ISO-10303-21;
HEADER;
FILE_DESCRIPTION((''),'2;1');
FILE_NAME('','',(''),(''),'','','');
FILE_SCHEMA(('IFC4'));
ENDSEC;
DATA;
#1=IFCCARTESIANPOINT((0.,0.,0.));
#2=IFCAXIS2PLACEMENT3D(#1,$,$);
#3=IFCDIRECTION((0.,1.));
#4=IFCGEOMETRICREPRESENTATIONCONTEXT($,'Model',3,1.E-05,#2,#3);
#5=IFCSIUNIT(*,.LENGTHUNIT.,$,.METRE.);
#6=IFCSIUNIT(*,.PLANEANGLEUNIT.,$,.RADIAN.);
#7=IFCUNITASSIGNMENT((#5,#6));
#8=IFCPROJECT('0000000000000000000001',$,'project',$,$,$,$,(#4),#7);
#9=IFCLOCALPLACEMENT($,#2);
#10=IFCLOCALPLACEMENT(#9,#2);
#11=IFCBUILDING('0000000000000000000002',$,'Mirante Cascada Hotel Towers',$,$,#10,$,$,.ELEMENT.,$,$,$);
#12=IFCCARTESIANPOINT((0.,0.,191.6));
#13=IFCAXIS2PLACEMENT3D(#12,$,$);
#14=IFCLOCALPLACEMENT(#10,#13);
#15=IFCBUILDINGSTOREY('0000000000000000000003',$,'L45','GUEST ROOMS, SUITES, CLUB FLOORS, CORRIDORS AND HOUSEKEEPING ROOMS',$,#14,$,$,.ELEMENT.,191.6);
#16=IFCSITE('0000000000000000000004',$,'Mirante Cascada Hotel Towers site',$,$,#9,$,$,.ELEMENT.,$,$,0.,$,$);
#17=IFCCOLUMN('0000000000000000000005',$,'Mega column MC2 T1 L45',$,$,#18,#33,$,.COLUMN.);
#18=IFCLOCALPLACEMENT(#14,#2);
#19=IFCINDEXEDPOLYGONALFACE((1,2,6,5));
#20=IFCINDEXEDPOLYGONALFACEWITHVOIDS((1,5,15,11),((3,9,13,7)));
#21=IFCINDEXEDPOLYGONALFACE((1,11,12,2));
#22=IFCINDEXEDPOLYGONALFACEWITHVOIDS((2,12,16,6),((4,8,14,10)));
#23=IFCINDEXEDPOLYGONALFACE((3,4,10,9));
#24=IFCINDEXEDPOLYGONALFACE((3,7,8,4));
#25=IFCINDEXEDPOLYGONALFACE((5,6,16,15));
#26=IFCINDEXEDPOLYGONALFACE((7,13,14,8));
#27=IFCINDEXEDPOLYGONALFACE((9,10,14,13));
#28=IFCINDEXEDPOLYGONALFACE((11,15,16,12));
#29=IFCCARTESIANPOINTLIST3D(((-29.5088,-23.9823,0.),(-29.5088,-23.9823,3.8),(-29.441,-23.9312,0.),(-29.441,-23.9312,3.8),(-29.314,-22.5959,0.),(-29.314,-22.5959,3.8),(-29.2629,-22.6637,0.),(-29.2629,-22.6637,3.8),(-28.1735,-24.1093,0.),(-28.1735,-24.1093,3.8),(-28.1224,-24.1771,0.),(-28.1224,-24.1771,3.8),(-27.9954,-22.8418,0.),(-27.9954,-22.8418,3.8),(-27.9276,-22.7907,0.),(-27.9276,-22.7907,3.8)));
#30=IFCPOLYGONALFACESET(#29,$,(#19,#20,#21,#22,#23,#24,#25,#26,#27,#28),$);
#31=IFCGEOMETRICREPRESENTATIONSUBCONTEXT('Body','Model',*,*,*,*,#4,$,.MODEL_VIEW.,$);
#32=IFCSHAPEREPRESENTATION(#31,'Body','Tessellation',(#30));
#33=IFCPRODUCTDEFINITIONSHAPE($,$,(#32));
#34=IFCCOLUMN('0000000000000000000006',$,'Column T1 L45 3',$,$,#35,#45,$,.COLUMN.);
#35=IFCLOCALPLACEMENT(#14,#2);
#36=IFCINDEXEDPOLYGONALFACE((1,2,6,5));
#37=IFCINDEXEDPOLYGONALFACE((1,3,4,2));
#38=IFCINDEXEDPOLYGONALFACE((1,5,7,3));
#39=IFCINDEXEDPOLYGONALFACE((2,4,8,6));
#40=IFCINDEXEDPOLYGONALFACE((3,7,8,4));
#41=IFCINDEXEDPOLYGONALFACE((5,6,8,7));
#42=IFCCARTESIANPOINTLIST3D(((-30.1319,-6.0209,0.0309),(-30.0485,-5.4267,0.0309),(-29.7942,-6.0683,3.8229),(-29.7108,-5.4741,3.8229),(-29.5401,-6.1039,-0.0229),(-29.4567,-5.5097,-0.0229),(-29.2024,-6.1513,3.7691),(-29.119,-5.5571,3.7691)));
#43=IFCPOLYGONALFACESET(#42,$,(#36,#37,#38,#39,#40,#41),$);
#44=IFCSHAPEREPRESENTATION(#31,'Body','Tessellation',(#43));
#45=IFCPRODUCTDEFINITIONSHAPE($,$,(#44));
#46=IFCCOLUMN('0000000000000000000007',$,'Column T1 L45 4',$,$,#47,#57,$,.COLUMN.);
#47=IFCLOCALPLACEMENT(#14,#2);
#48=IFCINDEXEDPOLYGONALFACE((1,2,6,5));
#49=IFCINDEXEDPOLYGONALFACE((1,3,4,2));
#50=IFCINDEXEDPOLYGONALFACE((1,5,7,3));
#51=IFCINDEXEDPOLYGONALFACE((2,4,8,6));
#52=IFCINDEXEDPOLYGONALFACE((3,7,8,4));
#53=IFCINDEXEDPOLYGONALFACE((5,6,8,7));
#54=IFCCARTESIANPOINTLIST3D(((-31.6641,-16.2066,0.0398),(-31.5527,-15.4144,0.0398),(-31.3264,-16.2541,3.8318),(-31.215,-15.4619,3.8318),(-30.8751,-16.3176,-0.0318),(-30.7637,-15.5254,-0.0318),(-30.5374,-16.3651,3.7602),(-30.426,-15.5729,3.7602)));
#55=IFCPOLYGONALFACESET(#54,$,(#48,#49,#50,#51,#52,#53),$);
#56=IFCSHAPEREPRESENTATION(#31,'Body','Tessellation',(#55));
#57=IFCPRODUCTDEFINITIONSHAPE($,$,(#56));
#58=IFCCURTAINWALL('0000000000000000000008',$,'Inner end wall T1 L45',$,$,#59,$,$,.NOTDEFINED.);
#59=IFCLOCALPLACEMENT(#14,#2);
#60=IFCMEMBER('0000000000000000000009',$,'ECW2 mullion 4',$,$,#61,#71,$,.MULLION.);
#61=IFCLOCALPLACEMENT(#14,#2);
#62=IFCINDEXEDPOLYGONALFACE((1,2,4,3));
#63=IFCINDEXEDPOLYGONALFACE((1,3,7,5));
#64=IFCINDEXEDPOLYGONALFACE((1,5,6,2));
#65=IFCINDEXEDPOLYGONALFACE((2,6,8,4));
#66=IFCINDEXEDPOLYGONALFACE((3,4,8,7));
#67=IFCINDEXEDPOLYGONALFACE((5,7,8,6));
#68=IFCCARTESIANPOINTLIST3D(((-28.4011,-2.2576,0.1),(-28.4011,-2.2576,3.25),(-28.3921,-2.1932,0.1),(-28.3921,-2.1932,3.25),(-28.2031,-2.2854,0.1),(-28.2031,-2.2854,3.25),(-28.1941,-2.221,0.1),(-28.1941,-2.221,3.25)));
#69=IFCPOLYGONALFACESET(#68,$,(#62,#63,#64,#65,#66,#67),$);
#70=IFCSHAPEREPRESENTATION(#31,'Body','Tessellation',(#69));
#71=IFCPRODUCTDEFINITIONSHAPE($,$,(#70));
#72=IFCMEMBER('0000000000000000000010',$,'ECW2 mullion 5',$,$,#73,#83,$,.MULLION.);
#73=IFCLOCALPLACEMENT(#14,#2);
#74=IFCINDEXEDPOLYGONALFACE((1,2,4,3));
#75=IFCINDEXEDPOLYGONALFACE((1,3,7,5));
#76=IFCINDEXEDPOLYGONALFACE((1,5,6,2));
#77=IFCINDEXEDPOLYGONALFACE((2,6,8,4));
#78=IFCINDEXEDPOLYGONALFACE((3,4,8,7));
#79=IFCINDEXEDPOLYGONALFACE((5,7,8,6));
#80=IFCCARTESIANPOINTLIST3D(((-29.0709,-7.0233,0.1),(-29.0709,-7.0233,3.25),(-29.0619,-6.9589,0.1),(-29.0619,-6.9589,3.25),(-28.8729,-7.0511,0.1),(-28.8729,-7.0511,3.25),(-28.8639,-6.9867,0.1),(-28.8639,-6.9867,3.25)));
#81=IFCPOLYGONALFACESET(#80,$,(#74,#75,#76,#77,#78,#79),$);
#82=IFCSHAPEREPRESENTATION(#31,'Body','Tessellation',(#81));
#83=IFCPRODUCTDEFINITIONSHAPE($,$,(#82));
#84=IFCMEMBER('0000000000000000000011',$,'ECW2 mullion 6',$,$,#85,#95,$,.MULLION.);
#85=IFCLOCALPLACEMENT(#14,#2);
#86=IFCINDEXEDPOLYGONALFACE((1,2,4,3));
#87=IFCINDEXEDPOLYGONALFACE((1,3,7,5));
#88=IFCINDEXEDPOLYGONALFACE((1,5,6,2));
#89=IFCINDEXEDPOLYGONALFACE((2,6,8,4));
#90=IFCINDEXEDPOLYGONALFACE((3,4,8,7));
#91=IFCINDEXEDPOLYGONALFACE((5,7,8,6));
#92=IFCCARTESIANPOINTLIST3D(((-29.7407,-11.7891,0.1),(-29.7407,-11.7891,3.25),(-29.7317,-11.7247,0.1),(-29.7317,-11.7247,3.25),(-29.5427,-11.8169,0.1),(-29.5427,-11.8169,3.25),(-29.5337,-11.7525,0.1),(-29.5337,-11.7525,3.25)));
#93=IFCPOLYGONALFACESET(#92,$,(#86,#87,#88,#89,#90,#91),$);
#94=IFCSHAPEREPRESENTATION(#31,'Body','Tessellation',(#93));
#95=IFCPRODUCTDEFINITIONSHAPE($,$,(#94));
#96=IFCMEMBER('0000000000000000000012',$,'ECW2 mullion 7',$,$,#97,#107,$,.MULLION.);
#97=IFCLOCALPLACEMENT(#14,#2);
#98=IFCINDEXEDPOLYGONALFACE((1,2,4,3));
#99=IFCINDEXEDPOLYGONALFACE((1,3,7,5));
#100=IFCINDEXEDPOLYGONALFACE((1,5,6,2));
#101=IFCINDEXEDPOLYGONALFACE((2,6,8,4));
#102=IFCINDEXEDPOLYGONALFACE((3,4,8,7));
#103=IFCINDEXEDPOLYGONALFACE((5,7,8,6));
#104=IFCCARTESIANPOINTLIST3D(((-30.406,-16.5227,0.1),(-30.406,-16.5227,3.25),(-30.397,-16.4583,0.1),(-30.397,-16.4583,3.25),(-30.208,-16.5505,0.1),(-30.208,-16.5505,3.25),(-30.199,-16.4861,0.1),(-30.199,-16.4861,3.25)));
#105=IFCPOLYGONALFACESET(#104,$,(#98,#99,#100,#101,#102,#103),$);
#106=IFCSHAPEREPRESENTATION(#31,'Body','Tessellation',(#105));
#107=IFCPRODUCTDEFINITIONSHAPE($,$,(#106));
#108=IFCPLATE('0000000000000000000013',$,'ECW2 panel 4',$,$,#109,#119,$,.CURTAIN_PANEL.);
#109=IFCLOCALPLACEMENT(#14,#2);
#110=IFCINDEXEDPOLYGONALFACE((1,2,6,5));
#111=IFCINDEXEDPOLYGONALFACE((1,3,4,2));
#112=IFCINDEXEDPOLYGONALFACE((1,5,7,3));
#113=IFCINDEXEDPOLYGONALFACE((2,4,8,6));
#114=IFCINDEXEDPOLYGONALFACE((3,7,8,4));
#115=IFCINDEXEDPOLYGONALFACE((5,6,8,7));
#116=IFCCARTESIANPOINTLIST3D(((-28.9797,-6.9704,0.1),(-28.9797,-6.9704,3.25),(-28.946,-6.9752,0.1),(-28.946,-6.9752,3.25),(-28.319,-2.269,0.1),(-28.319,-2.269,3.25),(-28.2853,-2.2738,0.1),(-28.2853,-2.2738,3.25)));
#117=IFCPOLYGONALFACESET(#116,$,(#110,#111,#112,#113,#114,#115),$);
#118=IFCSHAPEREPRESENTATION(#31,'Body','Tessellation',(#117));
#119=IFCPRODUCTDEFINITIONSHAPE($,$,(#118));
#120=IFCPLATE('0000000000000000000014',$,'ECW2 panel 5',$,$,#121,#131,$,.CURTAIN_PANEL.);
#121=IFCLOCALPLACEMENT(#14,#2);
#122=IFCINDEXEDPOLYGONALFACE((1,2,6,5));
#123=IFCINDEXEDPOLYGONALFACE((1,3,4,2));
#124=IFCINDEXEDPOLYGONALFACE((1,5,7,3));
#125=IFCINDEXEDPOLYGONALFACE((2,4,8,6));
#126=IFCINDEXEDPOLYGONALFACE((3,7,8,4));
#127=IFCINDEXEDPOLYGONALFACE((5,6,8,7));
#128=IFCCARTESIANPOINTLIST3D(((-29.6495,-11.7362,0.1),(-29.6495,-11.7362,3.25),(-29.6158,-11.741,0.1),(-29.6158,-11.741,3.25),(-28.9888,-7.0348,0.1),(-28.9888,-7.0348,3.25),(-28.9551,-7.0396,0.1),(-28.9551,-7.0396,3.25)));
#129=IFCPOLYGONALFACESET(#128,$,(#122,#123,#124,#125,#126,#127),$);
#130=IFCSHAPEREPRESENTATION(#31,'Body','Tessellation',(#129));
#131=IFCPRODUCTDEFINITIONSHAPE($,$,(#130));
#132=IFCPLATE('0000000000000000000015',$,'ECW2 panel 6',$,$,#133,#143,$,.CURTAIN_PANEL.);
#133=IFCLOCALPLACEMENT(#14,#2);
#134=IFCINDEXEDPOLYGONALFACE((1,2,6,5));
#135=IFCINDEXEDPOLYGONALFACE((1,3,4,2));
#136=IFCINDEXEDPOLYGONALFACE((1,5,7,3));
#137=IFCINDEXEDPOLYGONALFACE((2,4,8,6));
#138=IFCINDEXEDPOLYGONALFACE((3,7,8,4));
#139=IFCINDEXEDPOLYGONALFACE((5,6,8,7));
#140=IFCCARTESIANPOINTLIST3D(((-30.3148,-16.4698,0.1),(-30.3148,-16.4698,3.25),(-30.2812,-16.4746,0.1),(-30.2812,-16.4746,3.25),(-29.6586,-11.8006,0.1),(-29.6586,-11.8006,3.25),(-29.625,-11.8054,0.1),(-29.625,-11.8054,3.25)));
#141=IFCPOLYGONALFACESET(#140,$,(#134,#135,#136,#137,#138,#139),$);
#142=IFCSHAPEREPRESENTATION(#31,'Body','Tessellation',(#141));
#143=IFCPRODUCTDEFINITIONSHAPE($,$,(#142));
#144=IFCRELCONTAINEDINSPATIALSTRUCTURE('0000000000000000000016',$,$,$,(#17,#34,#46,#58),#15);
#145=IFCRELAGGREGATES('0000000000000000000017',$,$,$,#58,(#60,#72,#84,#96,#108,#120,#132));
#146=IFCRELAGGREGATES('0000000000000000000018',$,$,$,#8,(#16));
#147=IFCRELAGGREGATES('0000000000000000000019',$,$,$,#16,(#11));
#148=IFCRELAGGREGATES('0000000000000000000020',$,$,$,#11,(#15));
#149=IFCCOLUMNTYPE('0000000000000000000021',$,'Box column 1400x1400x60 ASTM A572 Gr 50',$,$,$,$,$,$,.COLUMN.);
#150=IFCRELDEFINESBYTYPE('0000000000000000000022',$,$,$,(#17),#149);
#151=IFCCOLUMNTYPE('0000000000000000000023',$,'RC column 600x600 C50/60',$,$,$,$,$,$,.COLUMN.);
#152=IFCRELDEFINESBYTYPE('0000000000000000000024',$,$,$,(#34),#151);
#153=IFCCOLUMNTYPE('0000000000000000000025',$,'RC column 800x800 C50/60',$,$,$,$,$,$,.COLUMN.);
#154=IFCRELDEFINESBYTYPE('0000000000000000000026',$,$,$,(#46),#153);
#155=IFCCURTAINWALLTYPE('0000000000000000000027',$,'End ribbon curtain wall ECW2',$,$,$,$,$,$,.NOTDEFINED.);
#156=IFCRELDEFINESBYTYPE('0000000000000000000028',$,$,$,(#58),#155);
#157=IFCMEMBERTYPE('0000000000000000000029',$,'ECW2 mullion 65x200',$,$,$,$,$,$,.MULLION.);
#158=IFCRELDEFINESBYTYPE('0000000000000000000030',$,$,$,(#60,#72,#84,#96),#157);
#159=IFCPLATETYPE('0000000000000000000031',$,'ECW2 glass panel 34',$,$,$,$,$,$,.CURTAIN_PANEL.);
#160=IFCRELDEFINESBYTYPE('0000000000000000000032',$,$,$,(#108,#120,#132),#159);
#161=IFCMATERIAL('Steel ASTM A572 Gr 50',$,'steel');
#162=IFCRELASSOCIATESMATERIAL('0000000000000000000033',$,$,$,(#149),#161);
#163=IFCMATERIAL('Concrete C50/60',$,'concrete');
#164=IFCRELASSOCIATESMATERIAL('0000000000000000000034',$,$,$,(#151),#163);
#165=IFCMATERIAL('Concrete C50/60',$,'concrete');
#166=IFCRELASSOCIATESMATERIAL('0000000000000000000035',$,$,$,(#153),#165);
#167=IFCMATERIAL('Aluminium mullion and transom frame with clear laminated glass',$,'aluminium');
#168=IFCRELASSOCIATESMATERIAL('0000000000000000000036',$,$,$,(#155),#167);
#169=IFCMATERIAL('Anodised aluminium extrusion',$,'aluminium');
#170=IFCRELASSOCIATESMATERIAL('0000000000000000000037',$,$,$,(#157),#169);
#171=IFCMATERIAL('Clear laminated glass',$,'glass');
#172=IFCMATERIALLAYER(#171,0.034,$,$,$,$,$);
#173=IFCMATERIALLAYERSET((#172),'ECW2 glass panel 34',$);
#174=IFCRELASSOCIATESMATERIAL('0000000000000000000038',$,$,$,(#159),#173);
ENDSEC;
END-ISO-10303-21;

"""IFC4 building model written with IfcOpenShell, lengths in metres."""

from ifc_helpers import new_model, si_unit, direction, frame, origin, origin_2d, place, context, subcontext, project, spatial, rectangle, hollow_rectangle, extrude, material, layer, layer_set, material_profile, profile_set, type_object, element, aggregate, save


model = new_model("IFC4")

# Units and contexts
model_context = context("Model", 3, precision=1e-05, world=origin(), true_north=direction((0.0, 1.0)))
body_context = subcontext(model_context, "Body", "Model", "MODEL_VIEW")
ifc_project = project(units=[si_unit("LENGTHUNIT", "METRE"), si_unit("PLANEANGLEUNIT", "RADIAN")], contexts=[model_context])

# Site, building, storey
site_placement = place(None, origin())
site = spatial("IfcSite", under=ifc_project, at=site_placement, Name="Mirante Cascada Hotel Towers site", CompositionType="ELEMENT", RefElevation=0.0)
building_placement = place(site_placement, origin())
building = spatial("IfcBuilding", under=site, at=building_placement, Name="Mirante Cascada Hotel Towers", CompositionType="ELEMENT")
storey_placement = place(building_placement, frame((0.0, 0.0, 191.6)))
storey = spatial("IfcBuildingStorey", under=building, at=storey_placement, Name="L45", Description="GUEST ROOMS, SUITES, CLUB FLOORS, CORRIDORS AND HOUSEKEEPING ROOMS", CompositionType="ELEMENT", Elevation=191.6)

# Columns
ifc_material_1 = material(Name="Steel ASTM A572 Gr 50", Category="steel")
ifc_material_profile_1 = material_profile(ifc_material_1, hollow_rectangle(XDim=1.4, YDim=1.4, WallThickness=0.06, at=origin_2d()), Name="Box column 1400x1400x60 ASTM A572 Gr 50")
ifc_profile_set_1 = profile_set([ifc_material_profile_1], Name="Steel ASTM A572 Gr 50")
column_type_1 = type_object("IfcColumnType", Name="Box column 1400x1400x60 ASTM A572 Gr 50", PredefinedType="COLUMN", material=ifc_profile_set_1)
column_1_placement = place(storey_placement, frame((-28.7182, -23.3865, 0.0), z_axis=(0.0, 0.0, 1.0), x_axis=(-0.990268, 0.139173, 0.0)))
element("IfcColumn", 1, at=column_1_placement, inside=storey, type_object=column_type_1, Name="Mega column MC2 T1 L45", PredefinedType="COLUMN", context=body_context, shape_type="SweptSolid", body=[
    extrude(hollow_rectangle(XDim=1.4, YDim=1.4, WallThickness=0.06, at=origin_2d()), origin(), (0.0, 0.0, 1.0), 3.8),
])
ifc_material_2 = material(Name="Concrete C50/60", Category="concrete")
ifc_material_profile_2 = material_profile(ifc_material_2, rectangle(XDim=0.6, YDim=0.6, at=origin_2d()), Name="RC column 600x600 C50/60")
ifc_profile_set_2 = profile_set([ifc_material_profile_2], Name="Concrete C50/60")
column_type_2 = type_object("IfcColumnType", Name="RC column 600x600 C50/60", PredefinedType="COLUMN", material=ifc_profile_set_2)
column_2_placement = place(storey_placement, frame((-29.7943, -5.7653, 0.004), z_axis=(0.088698, -0.01245, 0.995981), x_axis=(0.138999, 0.990293, 0.0)))
element("IfcColumn", 2, at=column_2_placement, inside=storey, type_object=column_type_2, Name="Column T1 L45 3", PredefinedType="COLUMN", context=body_context, shape_type="SweptSolid", body=[
    extrude(rectangle(XDim=0.6, YDim=0.6, at=origin_2d()), origin(), (0.0, 0.0, 1.0), 3.8073),
])
ifc_material_3 = material(Name="Concrete C50/60", Category="concrete")
ifc_material_profile_3 = material_profile(ifc_material_3, rectangle(XDim=0.8, YDim=0.8, at=origin_2d()), Name="RC column 800x800 C50/60")
ifc_profile_set_3 = profile_set([ifc_material_profile_3], Name="Concrete C50/60")
column_type_3 = type_object("IfcColumnType", Name="RC column 800x800 C50/60", PredefinedType="COLUMN", material=ifc_profile_set_3)
column_3_placement = place(storey_placement, frame((-31.2139, -15.866, 0.004), z_axis=(0.088698, -0.012476, 0.99598), x_axis=(0.139286, 0.990252, 0.0)))
element("IfcColumn", 3, at=column_3_placement, inside=storey, type_object=column_type_3, Name="Column T1 L45 4", PredefinedType="COLUMN", context=body_context, shape_type="SweptSolid", body=[
    extrude(rectangle(XDim=0.8, YDim=0.8, at=origin_2d()), origin(), (0.0, 0.0, 1.0), 3.8073),
])

# Curtain wall, members, plates
ifc_material_4 = material(Name="Aluminium mullion and transom frame with clear laminated glass", Category="aluminium")
curtain_wall_type = type_object("IfcCurtainWallType", Name="End ribbon curtain wall ECW2", PredefinedType="NOTDEFINED", material=ifc_material_4)
curtain_wall_placement = place(storey_placement, origin())
curtain_wall = element("IfcCurtainWall", 4, at=curtain_wall_placement, inside=storey, type_object=curtain_wall_type, Name="Inner end wall T1 L45", PredefinedType="NOTDEFINED")
ifc_material_5 = material(Name="Anodised aluminium extrusion", Category="aluminium")
ifc_material_profile_4 = material_profile(ifc_material_5, rectangle(XDim=0.2, YDim=0.065, at=origin_2d()), Name="ECW2 MULLION 65x200")
ifc_profile_set_4 = profile_set([ifc_material_profile_4], Name="Anodised aluminium extrusion")
member_type = type_object("IfcMemberType", Name="ECW2 mullion 65x200", PredefinedType="MULLION", material=ifc_profile_set_4)
member_1_placement = place(storey_placement, frame((-28.2976, -2.2393, 0.1), z_axis=(0.0, 0.0, 1.0), x_axis=(0.990268, -0.139173, 0.0)))
member_1 = element("IfcMember", 5, at=member_1_placement, type_object=member_type, Name="ECW2 mullion 4", PredefinedType="MULLION", context=body_context, shape_type="SweptSolid", body=[
    extrude(rectangle(XDim=0.2, YDim=0.065, at=origin_2d()), origin(), (0.0, 0.0, 1.0), 3.15),
])
member_2_placement = place(storey_placement, frame((-28.9674, -7.005, 0.1), z_axis=(0.0, 0.0, 1.0), x_axis=(0.990268, -0.139173, 0.0)))
member_2 = element("IfcMember", 6, at=member_2_placement, type_object=member_type, Name="ECW2 mullion 5", PredefinedType="MULLION", context=body_context, shape_type="SweptSolid", body=[
    extrude(rectangle(XDim=0.2, YDim=0.065, at=origin_2d()), origin(), (0.0, 0.0, 1.0), 3.15),
])
member_3_placement = place(storey_placement, frame((-29.6372, -11.7708, 0.1), z_axis=(0.0, 0.0, 1.0), x_axis=(0.990268, -0.139173, 0.0)))
member_3 = element("IfcMember", 7, at=member_3_placement, type_object=member_type, Name="ECW2 mullion 6", PredefinedType="MULLION", context=body_context, shape_type="SweptSolid", body=[
    extrude(rectangle(XDim=0.2, YDim=0.065, at=origin_2d()), origin(), (0.0, 0.0, 1.0), 3.15),
])
member_4_placement = place(storey_placement, frame((-30.3025, -16.5044, 0.1), z_axis=(0.0, 0.0, 1.0), x_axis=(0.990268, -0.139173, 0.0)))
member_4 = element("IfcMember", 8, at=member_4_placement, type_object=member_type, Name="ECW2 mullion 7", PredefinedType="MULLION", context=body_context, shape_type="SweptSolid", body=[
    extrude(rectangle(XDim=0.2, YDim=0.065, at=origin_2d()), origin(), (0.0, 0.0, 1.0), 3.15),
])
ifc_material_6 = material(Name="Clear laminated glass", Category="glass")
ifc_layer_1 = layer(ifc_material_6, 0.034)
ifc_layer_set_1 = layer_set([ifc_layer_1], Name="ECW2 glass panel 34")
plate_type = type_object("IfcPlateType", Name="ECW2 glass panel 34", PredefinedType="CURTAIN_PANEL", material=ifc_layer_set_1)
plate_1_placement = place(storey_placement, frame((-28.6325, -4.6221, 0.1), z_axis=(0.0, 0.0, 1.0), x_axis=(-0.139173, -0.990268, 0.0)))
plate_1 = element("IfcPlate", 9, at=plate_1_placement, type_object=plate_type, Name="ECW2 panel 4", PredefinedType="CURTAIN_PANEL", context=body_context, shape_type="SweptSolid", body=[
    extrude(rectangle(XDim=4.7476, YDim=0.034, at=origin_2d()), origin(), (0.0, 0.0, 1.0), 3.15),
])
plate_2_placement = place(storey_placement, frame((-29.3023, -9.3879, 0.1), z_axis=(0.0, 0.0, 1.0), x_axis=(-0.139173, -0.990268, 0.0)))
plate_2 = element("IfcPlate", 10, at=plate_2_placement, type_object=plate_type, Name="ECW2 panel 5", PredefinedType="CURTAIN_PANEL", context=body_context, shape_type="SweptSolid", body=[
    extrude(rectangle(XDim=4.7476, YDim=0.034, at=origin_2d()), origin(), (0.0, 0.0, 1.0), 3.15),
])
plate_3_placement = place(storey_placement, frame((-29.9699, -14.1376, 0.1), z_axis=(0.0, 0.0, 1.0), x_axis=(-0.139173, -0.990268, 0.0)))
plate_3 = element("IfcPlate", 11, at=plate_3_placement, type_object=plate_type, Name="ECW2 panel 6", PredefinedType="CURTAIN_PANEL", context=body_context, shape_type="SweptSolid", body=[
    extrude(rectangle(XDim=4.7151, YDim=0.034, at=origin_2d()), origin(), (0.0, 0.0, 1.0), 3.15),
])
aggregate(curtain_wall, [member_1, member_2, member_3, member_4, plate_1, plate_2, plate_3])

save(model, "model.ifc")
